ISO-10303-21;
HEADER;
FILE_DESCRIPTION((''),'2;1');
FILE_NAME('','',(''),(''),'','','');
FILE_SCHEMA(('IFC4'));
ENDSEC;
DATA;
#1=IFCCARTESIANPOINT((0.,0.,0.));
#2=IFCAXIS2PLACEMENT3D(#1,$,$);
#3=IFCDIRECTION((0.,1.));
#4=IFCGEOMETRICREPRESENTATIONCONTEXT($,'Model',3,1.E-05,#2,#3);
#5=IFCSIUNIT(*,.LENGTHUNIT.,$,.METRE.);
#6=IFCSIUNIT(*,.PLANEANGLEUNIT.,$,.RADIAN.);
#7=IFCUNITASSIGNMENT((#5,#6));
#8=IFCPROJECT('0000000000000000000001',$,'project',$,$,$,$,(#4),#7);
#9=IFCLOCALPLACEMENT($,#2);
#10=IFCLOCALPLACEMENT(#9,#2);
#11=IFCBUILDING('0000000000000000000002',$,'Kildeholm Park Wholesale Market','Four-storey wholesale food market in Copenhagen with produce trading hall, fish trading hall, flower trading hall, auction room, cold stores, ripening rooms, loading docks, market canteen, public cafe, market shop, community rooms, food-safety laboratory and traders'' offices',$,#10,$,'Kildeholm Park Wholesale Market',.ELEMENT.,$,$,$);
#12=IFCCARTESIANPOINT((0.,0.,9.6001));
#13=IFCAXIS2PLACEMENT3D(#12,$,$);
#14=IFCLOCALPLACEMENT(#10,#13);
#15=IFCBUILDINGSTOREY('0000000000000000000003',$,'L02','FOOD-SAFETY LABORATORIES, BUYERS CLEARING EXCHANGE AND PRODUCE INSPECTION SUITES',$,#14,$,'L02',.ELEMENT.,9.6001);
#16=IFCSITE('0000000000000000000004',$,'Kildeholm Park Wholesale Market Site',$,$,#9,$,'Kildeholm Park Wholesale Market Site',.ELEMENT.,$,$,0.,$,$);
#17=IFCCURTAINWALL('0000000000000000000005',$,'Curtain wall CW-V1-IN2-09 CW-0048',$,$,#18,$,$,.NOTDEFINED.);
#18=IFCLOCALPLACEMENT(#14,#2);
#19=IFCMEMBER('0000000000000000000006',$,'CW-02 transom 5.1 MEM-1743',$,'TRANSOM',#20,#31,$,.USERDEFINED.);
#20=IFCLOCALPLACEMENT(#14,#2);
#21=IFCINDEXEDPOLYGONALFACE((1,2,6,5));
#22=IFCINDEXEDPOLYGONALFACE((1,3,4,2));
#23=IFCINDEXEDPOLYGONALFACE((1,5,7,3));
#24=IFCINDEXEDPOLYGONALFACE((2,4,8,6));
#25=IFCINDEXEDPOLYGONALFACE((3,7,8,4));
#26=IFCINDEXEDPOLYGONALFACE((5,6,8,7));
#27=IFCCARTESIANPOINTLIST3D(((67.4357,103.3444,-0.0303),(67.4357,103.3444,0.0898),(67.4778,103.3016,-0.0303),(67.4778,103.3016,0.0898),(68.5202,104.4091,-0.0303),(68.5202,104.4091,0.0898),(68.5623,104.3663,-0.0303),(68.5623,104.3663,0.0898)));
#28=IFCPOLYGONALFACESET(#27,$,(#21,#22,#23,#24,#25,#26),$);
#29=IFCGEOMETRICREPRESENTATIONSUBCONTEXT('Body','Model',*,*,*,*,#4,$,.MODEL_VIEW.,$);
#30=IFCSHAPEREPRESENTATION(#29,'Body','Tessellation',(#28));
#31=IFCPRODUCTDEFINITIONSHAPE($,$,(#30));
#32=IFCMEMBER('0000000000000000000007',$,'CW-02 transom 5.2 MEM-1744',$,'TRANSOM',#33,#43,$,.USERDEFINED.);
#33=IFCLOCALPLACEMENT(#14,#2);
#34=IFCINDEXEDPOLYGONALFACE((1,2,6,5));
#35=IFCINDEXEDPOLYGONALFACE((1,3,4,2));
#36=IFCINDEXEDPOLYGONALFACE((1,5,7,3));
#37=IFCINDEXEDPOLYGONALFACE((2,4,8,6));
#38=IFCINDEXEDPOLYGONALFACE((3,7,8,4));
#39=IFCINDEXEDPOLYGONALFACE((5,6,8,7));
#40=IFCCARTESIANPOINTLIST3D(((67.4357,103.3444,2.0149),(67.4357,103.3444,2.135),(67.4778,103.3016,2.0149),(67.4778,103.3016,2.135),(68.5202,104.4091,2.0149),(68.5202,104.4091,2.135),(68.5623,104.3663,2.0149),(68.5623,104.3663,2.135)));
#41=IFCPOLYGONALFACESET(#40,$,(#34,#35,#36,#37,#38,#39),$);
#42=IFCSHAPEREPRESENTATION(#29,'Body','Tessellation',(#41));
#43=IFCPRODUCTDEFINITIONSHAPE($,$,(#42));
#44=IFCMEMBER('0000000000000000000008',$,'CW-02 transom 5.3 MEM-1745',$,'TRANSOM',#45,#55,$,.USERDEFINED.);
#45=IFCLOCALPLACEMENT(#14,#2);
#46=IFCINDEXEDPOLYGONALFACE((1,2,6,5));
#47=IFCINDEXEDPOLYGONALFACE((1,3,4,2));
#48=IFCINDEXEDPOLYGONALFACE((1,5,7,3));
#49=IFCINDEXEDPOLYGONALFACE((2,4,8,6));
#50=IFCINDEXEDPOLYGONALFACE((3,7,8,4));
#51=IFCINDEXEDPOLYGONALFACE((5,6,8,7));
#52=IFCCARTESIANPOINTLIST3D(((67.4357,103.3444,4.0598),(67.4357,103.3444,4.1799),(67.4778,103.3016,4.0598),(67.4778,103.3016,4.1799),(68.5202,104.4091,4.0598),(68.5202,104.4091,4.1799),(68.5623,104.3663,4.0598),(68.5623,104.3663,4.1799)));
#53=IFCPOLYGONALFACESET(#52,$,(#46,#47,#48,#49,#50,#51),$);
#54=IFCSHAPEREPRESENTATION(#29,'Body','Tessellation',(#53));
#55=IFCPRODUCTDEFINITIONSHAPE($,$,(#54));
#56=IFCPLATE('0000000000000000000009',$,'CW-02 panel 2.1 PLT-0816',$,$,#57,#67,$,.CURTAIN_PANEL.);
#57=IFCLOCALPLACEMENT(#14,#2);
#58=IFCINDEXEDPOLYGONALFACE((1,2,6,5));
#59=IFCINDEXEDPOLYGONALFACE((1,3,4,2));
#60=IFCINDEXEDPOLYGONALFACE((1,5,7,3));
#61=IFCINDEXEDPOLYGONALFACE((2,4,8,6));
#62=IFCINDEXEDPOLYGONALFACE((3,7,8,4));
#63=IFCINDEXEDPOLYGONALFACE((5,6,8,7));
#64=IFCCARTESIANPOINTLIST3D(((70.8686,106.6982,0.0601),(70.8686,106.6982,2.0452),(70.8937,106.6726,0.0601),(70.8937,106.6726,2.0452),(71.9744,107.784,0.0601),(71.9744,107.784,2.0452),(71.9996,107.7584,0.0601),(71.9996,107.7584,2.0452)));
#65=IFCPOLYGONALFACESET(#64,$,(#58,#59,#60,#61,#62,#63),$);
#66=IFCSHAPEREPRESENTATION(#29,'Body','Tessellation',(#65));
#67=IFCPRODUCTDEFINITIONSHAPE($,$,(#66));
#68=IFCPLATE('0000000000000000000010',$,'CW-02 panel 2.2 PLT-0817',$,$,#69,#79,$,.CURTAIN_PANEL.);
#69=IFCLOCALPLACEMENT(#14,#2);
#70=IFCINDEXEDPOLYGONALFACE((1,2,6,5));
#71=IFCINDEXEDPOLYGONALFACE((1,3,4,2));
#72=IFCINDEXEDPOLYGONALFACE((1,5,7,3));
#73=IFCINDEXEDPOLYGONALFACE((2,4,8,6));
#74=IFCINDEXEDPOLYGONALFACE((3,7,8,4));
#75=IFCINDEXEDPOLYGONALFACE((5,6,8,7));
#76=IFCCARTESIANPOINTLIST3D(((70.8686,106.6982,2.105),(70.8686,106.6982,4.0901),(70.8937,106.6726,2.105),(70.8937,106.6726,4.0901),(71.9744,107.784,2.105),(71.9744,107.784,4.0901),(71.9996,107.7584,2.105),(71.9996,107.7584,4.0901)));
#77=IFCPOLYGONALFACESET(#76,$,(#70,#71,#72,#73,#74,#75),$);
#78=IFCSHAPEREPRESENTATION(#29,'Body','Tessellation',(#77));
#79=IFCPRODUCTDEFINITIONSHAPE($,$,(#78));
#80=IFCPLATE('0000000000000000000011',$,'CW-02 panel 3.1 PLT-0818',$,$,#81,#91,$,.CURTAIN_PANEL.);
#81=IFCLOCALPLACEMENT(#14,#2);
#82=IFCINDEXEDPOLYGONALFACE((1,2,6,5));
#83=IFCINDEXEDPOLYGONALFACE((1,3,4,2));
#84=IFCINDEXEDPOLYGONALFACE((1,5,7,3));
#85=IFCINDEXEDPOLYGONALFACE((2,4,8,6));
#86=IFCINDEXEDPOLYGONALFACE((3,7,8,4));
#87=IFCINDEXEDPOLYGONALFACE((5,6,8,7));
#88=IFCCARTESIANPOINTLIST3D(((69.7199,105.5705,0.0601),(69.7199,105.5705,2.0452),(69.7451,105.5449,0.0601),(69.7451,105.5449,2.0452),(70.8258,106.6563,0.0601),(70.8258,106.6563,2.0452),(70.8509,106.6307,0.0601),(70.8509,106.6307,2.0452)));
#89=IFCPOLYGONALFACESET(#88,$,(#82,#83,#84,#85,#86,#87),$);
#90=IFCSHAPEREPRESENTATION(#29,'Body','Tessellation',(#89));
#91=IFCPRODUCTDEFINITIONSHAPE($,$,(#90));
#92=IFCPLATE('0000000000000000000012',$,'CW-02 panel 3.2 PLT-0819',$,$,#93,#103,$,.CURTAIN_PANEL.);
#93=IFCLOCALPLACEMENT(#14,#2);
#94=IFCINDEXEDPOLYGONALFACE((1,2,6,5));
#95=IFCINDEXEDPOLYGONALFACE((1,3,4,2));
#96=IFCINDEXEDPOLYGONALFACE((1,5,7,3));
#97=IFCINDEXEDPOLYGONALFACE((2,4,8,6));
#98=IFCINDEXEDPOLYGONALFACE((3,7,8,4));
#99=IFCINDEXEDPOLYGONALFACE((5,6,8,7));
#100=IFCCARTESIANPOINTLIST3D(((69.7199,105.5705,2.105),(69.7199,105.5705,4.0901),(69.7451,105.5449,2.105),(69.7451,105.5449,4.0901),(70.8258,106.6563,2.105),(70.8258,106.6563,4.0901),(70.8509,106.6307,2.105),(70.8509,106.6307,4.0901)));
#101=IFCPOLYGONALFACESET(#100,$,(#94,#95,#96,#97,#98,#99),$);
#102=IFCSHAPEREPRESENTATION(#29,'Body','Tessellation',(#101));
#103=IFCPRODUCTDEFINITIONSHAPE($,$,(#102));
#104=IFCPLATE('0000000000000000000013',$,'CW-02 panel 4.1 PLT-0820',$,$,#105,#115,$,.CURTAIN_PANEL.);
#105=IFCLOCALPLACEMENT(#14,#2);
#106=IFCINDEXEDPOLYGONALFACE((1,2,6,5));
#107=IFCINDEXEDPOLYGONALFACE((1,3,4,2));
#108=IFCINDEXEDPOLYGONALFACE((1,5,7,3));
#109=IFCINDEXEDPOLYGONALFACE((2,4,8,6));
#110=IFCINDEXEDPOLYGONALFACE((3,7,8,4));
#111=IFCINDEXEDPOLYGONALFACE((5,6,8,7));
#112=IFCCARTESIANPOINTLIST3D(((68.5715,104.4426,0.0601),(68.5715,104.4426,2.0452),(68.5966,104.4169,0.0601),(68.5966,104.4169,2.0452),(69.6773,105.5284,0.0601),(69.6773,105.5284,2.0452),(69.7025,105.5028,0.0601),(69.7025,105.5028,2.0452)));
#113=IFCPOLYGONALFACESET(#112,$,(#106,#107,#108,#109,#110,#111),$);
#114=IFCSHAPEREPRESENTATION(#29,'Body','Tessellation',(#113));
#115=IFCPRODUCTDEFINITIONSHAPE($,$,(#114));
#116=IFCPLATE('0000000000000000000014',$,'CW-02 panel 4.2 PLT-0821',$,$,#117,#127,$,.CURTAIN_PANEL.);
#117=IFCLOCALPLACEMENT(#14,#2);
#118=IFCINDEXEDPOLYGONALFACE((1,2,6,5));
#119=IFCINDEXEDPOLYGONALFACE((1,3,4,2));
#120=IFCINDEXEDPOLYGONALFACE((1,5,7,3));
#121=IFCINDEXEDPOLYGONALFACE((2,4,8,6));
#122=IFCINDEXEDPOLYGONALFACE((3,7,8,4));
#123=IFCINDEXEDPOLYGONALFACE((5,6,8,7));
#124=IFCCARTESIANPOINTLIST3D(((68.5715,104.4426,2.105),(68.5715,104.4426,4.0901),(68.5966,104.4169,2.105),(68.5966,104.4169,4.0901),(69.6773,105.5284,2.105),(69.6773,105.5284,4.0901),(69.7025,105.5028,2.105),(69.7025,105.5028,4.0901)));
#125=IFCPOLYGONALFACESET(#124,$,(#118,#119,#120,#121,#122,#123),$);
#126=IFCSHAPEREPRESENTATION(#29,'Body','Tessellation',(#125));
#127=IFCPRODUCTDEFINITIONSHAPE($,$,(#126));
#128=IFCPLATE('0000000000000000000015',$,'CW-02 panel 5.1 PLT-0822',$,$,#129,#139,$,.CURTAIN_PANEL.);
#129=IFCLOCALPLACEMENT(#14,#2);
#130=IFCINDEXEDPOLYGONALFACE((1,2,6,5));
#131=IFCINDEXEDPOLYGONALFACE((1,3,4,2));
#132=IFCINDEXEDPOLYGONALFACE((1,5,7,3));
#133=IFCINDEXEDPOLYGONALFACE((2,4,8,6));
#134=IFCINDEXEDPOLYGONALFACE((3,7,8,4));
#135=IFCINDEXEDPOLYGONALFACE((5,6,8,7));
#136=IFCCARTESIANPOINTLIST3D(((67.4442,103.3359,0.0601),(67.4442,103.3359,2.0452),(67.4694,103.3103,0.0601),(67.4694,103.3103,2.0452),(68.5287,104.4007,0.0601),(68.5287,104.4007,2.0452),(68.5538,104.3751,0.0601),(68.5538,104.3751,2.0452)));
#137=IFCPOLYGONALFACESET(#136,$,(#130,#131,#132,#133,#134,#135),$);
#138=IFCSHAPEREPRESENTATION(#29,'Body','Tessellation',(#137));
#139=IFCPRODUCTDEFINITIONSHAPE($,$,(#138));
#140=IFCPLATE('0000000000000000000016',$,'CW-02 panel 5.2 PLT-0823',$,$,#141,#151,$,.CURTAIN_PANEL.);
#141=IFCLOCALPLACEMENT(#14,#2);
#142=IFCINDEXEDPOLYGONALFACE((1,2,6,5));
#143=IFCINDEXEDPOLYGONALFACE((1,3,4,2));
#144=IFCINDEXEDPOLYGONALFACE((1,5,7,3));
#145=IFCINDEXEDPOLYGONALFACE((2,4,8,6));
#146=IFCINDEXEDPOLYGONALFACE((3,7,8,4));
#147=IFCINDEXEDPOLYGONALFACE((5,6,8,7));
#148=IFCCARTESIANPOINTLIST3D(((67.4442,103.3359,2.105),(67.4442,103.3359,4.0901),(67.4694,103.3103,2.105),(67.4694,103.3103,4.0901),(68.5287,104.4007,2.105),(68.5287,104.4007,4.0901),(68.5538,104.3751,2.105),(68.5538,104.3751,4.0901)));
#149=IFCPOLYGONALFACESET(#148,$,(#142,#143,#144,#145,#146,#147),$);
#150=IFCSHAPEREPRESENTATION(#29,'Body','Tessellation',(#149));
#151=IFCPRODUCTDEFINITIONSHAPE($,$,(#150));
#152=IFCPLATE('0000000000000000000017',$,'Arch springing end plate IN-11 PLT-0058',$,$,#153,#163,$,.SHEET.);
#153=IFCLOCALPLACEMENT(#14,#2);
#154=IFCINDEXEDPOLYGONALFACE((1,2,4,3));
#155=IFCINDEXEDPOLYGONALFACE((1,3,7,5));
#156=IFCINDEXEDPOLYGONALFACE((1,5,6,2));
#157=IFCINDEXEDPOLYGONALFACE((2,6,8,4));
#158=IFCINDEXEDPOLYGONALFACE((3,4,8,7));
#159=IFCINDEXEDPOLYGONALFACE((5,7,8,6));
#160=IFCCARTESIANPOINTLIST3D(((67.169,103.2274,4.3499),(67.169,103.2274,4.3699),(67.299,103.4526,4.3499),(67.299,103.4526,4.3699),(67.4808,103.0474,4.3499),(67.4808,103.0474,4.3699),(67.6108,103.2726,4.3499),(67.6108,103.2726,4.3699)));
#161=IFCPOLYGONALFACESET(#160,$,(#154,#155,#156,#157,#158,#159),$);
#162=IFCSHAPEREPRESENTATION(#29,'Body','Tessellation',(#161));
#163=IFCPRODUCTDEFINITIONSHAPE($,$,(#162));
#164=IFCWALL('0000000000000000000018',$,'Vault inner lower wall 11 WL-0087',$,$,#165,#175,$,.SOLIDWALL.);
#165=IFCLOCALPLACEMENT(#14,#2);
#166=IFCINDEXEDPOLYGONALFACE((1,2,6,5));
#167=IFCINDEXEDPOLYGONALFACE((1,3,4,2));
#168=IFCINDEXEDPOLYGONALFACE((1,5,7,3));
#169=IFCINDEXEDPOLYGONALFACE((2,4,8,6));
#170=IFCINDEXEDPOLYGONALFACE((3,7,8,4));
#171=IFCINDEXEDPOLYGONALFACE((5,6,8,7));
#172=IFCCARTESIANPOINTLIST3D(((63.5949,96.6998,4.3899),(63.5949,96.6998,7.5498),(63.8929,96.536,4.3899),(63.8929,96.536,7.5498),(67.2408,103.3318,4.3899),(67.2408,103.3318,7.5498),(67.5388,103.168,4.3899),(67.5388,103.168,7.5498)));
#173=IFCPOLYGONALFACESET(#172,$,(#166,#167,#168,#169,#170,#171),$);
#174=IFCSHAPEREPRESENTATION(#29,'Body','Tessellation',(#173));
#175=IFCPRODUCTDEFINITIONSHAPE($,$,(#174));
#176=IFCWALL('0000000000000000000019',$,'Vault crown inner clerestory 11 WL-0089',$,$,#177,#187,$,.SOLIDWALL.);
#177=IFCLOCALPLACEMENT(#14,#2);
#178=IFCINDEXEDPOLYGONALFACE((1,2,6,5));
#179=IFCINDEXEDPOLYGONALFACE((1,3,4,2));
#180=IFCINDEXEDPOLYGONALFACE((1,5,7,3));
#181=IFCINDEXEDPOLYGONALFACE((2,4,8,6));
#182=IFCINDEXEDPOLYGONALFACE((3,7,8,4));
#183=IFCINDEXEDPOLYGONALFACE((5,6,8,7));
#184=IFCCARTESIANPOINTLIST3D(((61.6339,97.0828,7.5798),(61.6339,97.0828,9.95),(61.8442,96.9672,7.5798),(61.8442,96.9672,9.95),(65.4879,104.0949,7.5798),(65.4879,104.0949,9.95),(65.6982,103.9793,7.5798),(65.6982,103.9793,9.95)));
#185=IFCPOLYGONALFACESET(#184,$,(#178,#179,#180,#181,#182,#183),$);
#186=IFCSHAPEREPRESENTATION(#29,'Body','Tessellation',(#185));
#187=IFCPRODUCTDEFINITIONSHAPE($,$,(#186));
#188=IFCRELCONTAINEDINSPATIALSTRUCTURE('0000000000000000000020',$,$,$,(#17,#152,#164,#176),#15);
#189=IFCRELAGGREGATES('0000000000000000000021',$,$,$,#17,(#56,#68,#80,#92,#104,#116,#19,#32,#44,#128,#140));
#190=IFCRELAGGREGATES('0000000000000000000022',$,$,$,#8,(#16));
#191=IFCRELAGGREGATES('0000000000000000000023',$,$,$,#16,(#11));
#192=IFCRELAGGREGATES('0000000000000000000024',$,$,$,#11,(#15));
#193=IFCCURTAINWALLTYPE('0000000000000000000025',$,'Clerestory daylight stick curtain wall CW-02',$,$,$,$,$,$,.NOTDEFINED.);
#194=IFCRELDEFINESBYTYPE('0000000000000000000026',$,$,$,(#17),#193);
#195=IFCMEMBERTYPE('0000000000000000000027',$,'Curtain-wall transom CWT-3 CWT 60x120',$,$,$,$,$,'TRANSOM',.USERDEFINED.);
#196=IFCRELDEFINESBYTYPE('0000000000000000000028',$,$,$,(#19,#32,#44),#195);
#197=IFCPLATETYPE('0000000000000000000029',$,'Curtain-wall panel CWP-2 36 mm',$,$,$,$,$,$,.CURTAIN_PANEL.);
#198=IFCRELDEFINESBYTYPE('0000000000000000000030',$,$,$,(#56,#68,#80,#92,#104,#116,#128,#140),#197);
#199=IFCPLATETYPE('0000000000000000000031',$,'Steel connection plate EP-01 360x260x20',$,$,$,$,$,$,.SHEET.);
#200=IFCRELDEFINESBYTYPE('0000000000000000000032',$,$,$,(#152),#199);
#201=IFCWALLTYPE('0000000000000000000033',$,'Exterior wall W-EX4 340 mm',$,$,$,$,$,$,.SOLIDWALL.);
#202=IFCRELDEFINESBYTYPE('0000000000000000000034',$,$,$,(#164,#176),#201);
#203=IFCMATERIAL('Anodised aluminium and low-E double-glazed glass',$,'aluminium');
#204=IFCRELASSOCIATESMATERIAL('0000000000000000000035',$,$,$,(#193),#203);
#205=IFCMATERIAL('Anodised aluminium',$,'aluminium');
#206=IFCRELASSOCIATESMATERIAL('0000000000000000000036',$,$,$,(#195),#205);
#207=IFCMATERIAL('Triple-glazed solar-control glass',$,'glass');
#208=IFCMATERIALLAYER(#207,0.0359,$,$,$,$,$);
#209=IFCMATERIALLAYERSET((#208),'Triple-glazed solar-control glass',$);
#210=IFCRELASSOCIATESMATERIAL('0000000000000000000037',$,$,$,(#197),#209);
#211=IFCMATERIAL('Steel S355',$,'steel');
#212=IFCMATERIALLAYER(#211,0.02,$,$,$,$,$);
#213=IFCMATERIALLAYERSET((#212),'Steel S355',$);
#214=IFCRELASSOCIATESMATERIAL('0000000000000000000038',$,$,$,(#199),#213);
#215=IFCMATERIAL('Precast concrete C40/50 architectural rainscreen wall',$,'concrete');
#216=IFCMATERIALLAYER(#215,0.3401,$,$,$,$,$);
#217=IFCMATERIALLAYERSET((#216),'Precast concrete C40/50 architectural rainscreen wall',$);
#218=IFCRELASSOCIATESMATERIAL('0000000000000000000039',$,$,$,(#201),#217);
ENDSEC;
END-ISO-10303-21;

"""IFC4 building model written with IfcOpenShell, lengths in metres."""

from ifc_helpers import new_model, si_unit, direction, frame, frame_2d, origin, origin_2d, place, context, subcontext, project, spatial, rectangle, extrude, material, layer, layer_set, material_profile, profile_set, type_object, element, aggregate, save


model = new_model("IFC4")

# Units and contexts
model_context = context("Model", 3, precision=1e-05, world=origin(), true_north=direction((0.0, 1.0)))
body_context = subcontext(model_context, "Body", "Model", "MODEL_VIEW")
ifc_project = project(units=[si_unit("LENGTHUNIT", "METRE"), si_unit("PLANEANGLEUNIT", "RADIAN")], contexts=[model_context])

# Site, building, storey
site_placement = place(None, origin())
site = spatial("IfcSite", under=ifc_project, at=site_placement, Name="Kildeholm Park Wholesale Market Site", LongName="Kildeholm Park Wholesale Market Site", CompositionType="ELEMENT", RefElevation=0.0)
building_placement = place(site_placement, origin())
building = spatial("IfcBuilding", under=site, at=building_placement, Name="Kildeholm Park Wholesale Market", Description="Four-storey wholesale food market in Copenhagen with produce trading hall, fish trading hall, flower trading hall, auction room, cold stores, ripening rooms, loading docks, market canteen, public cafe, market shop, community rooms, food-safety laboratory and traders' offices", LongName="Kildeholm Park Wholesale Market", CompositionType="ELEMENT")
storey_placement = place(building_placement, frame((0.0, 0.0, 9.6001)))
storey = spatial("IfcBuildingStorey", under=building, at=storey_placement, Name="L02", Description="FOOD-SAFETY LABORATORIES, BUYERS CLEARING EXCHANGE AND PRODUCE INSPECTION SUITES", LongName="L02", CompositionType="ELEMENT", Elevation=9.6001)

# Shared definitions
ifc_material_1 = material(Name="Steel S355", Category="steel")

# Curtain wall, members, plates
ifc_material_2 = material(Name="Anodised aluminium and low-E double-glazed glass", Category="aluminium")
curtain_wall_type = type_object("IfcCurtainWallType", Name="Clerestory daylight stick curtain wall CW-02", PredefinedType="NOTDEFINED", material=ifc_material_2)
curtain_wall_placement = place(storey_placement, origin())
curtain_wall = element("IfcCurtainWall", 1, at=curtain_wall_placement, inside=storey, type_object=curtain_wall_type, Name="Curtain wall CW-V1-IN2-09 CW-0048", PredefinedType="NOTDEFINED")
ifc_material_3 = material(Name="Anodised aluminium", Category="aluminium")
ifc_material_profile_1 = material_profile(ifc_material_3, rectangle(XDim=0.0601, YDim=0.1201, at=origin_2d()), Name="CWT 60x120")
ifc_profile_set_1 = profile_set([ifc_material_profile_1], Name="Anodised aluminium")
member_type_1 = type_object("IfcMemberType", Name="Curtain-wall transom CWT-3 CWT 60x120", ElementType="TRANSOM", PredefinedType="USERDEFINED", material=ifc_profile_set_1)
member_1_placement = place(storey_placement, frame((68.5413, 104.3877, 0.0298), z_axis=(-0.713583, -0.700571, 0.0), x_axis=(0.700571, -0.713583, 0.0)))
member_1 = element("IfcMember", 2, at=member_1_placement, type_object=member_type_1, Name="CW-02 transom 5.1 MEM-1743", ObjectType="TRANSOM", PredefinedType="USERDEFINED", context=body_context, shape_type="SweptSolid", body=[
    extrude(rectangle(XDim=0.0601, YDim=0.1201, at=origin_2d()), origin(), (0.0, 0.0, 1.0), 1.5198),
])
member_2_placement = place(storey_placement, frame((68.5413, 104.3877, 2.075), z_axis=(-0.713583, -0.700571, 0.0), x_axis=(0.700571, -0.713583, 0.0)))
member_2 = element("IfcMember", 3, at=member_2_placement, type_object=member_type_1, Name="CW-02 transom 5.2 MEM-1744", ObjectType="TRANSOM", PredefinedType="USERDEFINED", context=body_context, shape_type="SweptSolid", body=[
    extrude(rectangle(XDim=0.0601, YDim=0.1201, at=origin_2d()), origin(), (0.0, 0.0, 1.0), 1.5198),
])
member_3_placement = place(storey_placement, frame((68.5413, 104.3877, 4.1199), z_axis=(-0.713583, -0.700571, 0.0), x_axis=(0.700571, -0.713583, 0.0)))
member_3 = element("IfcMember", 4, at=member_3_placement, type_object=member_type_1, Name="CW-02 transom 5.3 MEM-1745", ObjectType="TRANSOM", PredefinedType="USERDEFINED", context=body_context, shape_type="SweptSolid", body=[
    extrude(rectangle(XDim=0.0601, YDim=0.1201, at=origin_2d()), origin(), (0.0, 0.0, 1.0), 1.5198),
])
ifc_material_4 = material(Name="Triple-glazed solar-control glass", Category="glass")
ifc_layer_1 = layer(ifc_material_4, 0.0359)
ifc_layer_set_1 = layer_set([ifc_layer_1], Name="Triple-glazed solar-control glass")
plate_type_1 = type_object("IfcPlateType", Name="Curtain-wall panel CWP-2 36 mm", PredefinedType="CURTAIN_PANEL", material=ifc_layer_set_1)
plate_1_placement = place(storey_placement, frame((71.4341, 107.2283, 0.0601), z_axis=(0.0, 0.0, 1.0), x_axis=(-0.713538, -0.700617, 0.0)))
plate_1 = element("IfcPlate", 5, at=plate_1_placement, type_object=plate_type_1, Name="CW-02 panel 2.1 PLT-0816", PredefinedType="CURTAIN_PANEL", context=body_context, shape_type="SweptSolid", body=[
    extrude(rectangle(XDim=1.5498, YDim=0.0359, at=origin_2d()), origin(), (0.0, 0.0, 1.0), 1.9851),
])
plate_2_placement = place(storey_placement, frame((71.4341, 107.2283, 2.105), z_axis=(0.0, 0.0, 1.0), x_axis=(-0.713538, -0.700617, 0.0)))
plate_2 = element("IfcPlate", 6, at=plate_2_placement, type_object=plate_type_1, Name="CW-02 panel 2.2 PLT-0817", PredefinedType="CURTAIN_PANEL", context=body_context, shape_type="SweptSolid", body=[
    extrude(rectangle(XDim=1.5498, YDim=0.0359, at=origin_2d()), origin(), (0.0, 0.0, 1.0), 1.9851),
])
plate_3_placement = place(storey_placement, frame((70.2854, 106.1006, 0.0601), z_axis=(0.0, 0.0, 1.0), x_axis=(-0.713538, -0.700617, 0.0)))
plate_3 = element("IfcPlate", 7, at=plate_3_placement, type_object=plate_type_1, Name="CW-02 panel 3.1 PLT-0818", PredefinedType="CURTAIN_PANEL", context=body_context, shape_type="SweptSolid", body=[
    extrude(rectangle(XDim=1.5498, YDim=0.0359, at=origin_2d()), origin(), (0.0, 0.0, 1.0), 1.9851),
])
plate_4_placement = place(storey_placement, frame((70.2854, 106.1006, 2.105), z_axis=(0.0, 0.0, 1.0), x_axis=(-0.713538, -0.700617, 0.0)))
plate_4 = element("IfcPlate", 8, at=plate_4_placement, type_object=plate_type_1, Name="CW-02 panel 3.2 PLT-0819", PredefinedType="CURTAIN_PANEL", context=body_context, shape_type="SweptSolid", body=[
    extrude(rectangle(XDim=1.5498, YDim=0.0359, at=origin_2d()), origin(), (0.0, 0.0, 1.0), 1.9851),
])
plate_5_placement = place(storey_placement, frame((69.137, 104.9727, 0.0601), z_axis=(0.0, 0.0, 1.0), x_axis=(-0.713538, -0.700617, 0.0)))
plate_5 = element("IfcPlate", 9, at=plate_5_placement, type_object=plate_type_1, Name="CW-02 panel 4.1 PLT-0820", PredefinedType="CURTAIN_PANEL", context=body_context, shape_type="SweptSolid", body=[
    extrude(rectangle(XDim=1.5498, YDim=0.0359, at=origin_2d()), origin(), (0.0, 0.0, 1.0), 1.9851),
])
plate_6_placement = place(storey_placement, frame((69.137, 104.9727, 2.105), z_axis=(0.0, 0.0, 1.0), x_axis=(-0.713538, -0.700617, 0.0)))
plate_6 = element("IfcPlate", 10, at=plate_6_placement, type_object=plate_type_1, Name="CW-02 panel 4.2 PLT-0821", PredefinedType="CURTAIN_PANEL", context=body_context, shape_type="SweptSolid", body=[
    extrude(rectangle(XDim=1.5498, YDim=0.0359, at=origin_2d()), origin(), (0.0, 0.0, 1.0), 1.9851),
])
plate_7_placement = place(storey_placement, frame((67.999, 103.8555, 0.0601), z_axis=(0.0, 0.0, 1.0), x_axis=(-0.713538, -0.700617, 0.0)))
plate_7 = element("IfcPlate", 11, at=plate_7_placement, type_object=plate_type_1, Name="CW-02 panel 5.1 PLT-0822", PredefinedType="CURTAIN_PANEL", context=body_context, shape_type="SweptSolid", body=[
    extrude(rectangle(XDim=1.5198, YDim=0.0359, at=origin_2d()), origin(), (0.0, 0.0, 1.0), 1.9851),
])
plate_8_placement = place(storey_placement, frame((67.999, 103.8555, 2.105), z_axis=(0.0, 0.0, 1.0), x_axis=(-0.713538, -0.700617, 0.0)))
plate_8 = element("IfcPlate", 12, at=plate_8_placement, type_object=plate_type_1, Name="CW-02 panel 5.2 PLT-0823", PredefinedType="CURTAIN_PANEL", context=body_context, shape_type="SweptSolid", body=[
    extrude(rectangle(XDim=1.5198, YDim=0.0359, at=origin_2d()), origin(), (0.0, 0.0, 1.0), 1.9851),
])
aggregate(curtain_wall, [plate_1, plate_2, plate_3, plate_4, plate_5, plate_6, member_1, member_2, member_3, plate_7, plate_8])

# Plate
ifc_layer_2 = layer(ifc_material_1, 0.02)
ifc_layer_set_2 = layer_set([ifc_layer_2], Name="Steel S355")
plate_type_2 = type_object("IfcPlateType", Name="Steel connection plate EP-01 360x260x20", PredefinedType="SHEET", material=ifc_layer_set_2)
plate_9_placement = place(storey_placement, frame((67.3899, 103.25, 4.3499), z_axis=(0.0, 0.0, 1.0), x_axis=(-0.866025, 0.5, 0.0)))
element("IfcPlate", 13, at=plate_9_placement, inside=storey, type_object=plate_type_2, Name="Arch springing end plate IN-11 PLT-0058", PredefinedType="SHEET", context=body_context, shape_type="SweptSolid", body=[
    extrude(rectangle(XDim=0.3601, YDim=0.26, at=origin_2d()), origin(), (0.0, 0.0, 1.0), 0.02),
])

# Walls
ifc_material_5 = material(Name="Precast concrete C40/50 architectural rainscreen wall", Category="concrete")
ifc_layer_3 = layer(ifc_material_5, 0.3401)
ifc_layer_set_3 = layer_set([ifc_layer_3], Name="Precast concrete C40/50 architectural rainscreen wall")
wall_type = type_object("IfcWallType", Name="Exterior wall W-EX4 340 mm", PredefinedType="SOLIDWALL", material=ifc_layer_set_3)
wall_1_placement = place(storey_placement, frame((67.3899, 103.25, 4.3899), z_axis=(0.0, 0.0, 1.0), x_axis=(-0.481752, -0.876308, 0.0)))
element("IfcWall", 14, at=wall_1_placement, inside=storey, type_object=wall_type, Name="Vault inner lower wall 11 WL-0087", PredefinedType="SOLIDWALL", context=body_context, shape_type="SweptSolid", body=[
    extrude(rectangle(XDim=7.5681, YDim=0.3401, at=frame_2d((3.7842, 0.0))), origin(), (0.0, 0.0, 1.0), 3.1599),
])
wall_2_placement = place(storey_placement, frame((65.593, 104.0371, 7.5798), z_axis=(0.0, 0.0, 1.0), x_axis=(-0.481659, -0.876359, 0.0)))
element("IfcWall", 15, at=wall_2_placement, inside=storey, type_object=wall_type, Name="Vault crown inner clerestory 11 WL-0089", PredefinedType="SOLIDWALL", context=body_context, shape_type="SweptSolid", body=[
    extrude(rectangle(XDim=8.0015, YDim=0.24, at=frame_2d((4.0007, 0.0))), origin(), (0.0, 0.0, 1.0), 2.3701),
])

save(model, "model.ifc")
